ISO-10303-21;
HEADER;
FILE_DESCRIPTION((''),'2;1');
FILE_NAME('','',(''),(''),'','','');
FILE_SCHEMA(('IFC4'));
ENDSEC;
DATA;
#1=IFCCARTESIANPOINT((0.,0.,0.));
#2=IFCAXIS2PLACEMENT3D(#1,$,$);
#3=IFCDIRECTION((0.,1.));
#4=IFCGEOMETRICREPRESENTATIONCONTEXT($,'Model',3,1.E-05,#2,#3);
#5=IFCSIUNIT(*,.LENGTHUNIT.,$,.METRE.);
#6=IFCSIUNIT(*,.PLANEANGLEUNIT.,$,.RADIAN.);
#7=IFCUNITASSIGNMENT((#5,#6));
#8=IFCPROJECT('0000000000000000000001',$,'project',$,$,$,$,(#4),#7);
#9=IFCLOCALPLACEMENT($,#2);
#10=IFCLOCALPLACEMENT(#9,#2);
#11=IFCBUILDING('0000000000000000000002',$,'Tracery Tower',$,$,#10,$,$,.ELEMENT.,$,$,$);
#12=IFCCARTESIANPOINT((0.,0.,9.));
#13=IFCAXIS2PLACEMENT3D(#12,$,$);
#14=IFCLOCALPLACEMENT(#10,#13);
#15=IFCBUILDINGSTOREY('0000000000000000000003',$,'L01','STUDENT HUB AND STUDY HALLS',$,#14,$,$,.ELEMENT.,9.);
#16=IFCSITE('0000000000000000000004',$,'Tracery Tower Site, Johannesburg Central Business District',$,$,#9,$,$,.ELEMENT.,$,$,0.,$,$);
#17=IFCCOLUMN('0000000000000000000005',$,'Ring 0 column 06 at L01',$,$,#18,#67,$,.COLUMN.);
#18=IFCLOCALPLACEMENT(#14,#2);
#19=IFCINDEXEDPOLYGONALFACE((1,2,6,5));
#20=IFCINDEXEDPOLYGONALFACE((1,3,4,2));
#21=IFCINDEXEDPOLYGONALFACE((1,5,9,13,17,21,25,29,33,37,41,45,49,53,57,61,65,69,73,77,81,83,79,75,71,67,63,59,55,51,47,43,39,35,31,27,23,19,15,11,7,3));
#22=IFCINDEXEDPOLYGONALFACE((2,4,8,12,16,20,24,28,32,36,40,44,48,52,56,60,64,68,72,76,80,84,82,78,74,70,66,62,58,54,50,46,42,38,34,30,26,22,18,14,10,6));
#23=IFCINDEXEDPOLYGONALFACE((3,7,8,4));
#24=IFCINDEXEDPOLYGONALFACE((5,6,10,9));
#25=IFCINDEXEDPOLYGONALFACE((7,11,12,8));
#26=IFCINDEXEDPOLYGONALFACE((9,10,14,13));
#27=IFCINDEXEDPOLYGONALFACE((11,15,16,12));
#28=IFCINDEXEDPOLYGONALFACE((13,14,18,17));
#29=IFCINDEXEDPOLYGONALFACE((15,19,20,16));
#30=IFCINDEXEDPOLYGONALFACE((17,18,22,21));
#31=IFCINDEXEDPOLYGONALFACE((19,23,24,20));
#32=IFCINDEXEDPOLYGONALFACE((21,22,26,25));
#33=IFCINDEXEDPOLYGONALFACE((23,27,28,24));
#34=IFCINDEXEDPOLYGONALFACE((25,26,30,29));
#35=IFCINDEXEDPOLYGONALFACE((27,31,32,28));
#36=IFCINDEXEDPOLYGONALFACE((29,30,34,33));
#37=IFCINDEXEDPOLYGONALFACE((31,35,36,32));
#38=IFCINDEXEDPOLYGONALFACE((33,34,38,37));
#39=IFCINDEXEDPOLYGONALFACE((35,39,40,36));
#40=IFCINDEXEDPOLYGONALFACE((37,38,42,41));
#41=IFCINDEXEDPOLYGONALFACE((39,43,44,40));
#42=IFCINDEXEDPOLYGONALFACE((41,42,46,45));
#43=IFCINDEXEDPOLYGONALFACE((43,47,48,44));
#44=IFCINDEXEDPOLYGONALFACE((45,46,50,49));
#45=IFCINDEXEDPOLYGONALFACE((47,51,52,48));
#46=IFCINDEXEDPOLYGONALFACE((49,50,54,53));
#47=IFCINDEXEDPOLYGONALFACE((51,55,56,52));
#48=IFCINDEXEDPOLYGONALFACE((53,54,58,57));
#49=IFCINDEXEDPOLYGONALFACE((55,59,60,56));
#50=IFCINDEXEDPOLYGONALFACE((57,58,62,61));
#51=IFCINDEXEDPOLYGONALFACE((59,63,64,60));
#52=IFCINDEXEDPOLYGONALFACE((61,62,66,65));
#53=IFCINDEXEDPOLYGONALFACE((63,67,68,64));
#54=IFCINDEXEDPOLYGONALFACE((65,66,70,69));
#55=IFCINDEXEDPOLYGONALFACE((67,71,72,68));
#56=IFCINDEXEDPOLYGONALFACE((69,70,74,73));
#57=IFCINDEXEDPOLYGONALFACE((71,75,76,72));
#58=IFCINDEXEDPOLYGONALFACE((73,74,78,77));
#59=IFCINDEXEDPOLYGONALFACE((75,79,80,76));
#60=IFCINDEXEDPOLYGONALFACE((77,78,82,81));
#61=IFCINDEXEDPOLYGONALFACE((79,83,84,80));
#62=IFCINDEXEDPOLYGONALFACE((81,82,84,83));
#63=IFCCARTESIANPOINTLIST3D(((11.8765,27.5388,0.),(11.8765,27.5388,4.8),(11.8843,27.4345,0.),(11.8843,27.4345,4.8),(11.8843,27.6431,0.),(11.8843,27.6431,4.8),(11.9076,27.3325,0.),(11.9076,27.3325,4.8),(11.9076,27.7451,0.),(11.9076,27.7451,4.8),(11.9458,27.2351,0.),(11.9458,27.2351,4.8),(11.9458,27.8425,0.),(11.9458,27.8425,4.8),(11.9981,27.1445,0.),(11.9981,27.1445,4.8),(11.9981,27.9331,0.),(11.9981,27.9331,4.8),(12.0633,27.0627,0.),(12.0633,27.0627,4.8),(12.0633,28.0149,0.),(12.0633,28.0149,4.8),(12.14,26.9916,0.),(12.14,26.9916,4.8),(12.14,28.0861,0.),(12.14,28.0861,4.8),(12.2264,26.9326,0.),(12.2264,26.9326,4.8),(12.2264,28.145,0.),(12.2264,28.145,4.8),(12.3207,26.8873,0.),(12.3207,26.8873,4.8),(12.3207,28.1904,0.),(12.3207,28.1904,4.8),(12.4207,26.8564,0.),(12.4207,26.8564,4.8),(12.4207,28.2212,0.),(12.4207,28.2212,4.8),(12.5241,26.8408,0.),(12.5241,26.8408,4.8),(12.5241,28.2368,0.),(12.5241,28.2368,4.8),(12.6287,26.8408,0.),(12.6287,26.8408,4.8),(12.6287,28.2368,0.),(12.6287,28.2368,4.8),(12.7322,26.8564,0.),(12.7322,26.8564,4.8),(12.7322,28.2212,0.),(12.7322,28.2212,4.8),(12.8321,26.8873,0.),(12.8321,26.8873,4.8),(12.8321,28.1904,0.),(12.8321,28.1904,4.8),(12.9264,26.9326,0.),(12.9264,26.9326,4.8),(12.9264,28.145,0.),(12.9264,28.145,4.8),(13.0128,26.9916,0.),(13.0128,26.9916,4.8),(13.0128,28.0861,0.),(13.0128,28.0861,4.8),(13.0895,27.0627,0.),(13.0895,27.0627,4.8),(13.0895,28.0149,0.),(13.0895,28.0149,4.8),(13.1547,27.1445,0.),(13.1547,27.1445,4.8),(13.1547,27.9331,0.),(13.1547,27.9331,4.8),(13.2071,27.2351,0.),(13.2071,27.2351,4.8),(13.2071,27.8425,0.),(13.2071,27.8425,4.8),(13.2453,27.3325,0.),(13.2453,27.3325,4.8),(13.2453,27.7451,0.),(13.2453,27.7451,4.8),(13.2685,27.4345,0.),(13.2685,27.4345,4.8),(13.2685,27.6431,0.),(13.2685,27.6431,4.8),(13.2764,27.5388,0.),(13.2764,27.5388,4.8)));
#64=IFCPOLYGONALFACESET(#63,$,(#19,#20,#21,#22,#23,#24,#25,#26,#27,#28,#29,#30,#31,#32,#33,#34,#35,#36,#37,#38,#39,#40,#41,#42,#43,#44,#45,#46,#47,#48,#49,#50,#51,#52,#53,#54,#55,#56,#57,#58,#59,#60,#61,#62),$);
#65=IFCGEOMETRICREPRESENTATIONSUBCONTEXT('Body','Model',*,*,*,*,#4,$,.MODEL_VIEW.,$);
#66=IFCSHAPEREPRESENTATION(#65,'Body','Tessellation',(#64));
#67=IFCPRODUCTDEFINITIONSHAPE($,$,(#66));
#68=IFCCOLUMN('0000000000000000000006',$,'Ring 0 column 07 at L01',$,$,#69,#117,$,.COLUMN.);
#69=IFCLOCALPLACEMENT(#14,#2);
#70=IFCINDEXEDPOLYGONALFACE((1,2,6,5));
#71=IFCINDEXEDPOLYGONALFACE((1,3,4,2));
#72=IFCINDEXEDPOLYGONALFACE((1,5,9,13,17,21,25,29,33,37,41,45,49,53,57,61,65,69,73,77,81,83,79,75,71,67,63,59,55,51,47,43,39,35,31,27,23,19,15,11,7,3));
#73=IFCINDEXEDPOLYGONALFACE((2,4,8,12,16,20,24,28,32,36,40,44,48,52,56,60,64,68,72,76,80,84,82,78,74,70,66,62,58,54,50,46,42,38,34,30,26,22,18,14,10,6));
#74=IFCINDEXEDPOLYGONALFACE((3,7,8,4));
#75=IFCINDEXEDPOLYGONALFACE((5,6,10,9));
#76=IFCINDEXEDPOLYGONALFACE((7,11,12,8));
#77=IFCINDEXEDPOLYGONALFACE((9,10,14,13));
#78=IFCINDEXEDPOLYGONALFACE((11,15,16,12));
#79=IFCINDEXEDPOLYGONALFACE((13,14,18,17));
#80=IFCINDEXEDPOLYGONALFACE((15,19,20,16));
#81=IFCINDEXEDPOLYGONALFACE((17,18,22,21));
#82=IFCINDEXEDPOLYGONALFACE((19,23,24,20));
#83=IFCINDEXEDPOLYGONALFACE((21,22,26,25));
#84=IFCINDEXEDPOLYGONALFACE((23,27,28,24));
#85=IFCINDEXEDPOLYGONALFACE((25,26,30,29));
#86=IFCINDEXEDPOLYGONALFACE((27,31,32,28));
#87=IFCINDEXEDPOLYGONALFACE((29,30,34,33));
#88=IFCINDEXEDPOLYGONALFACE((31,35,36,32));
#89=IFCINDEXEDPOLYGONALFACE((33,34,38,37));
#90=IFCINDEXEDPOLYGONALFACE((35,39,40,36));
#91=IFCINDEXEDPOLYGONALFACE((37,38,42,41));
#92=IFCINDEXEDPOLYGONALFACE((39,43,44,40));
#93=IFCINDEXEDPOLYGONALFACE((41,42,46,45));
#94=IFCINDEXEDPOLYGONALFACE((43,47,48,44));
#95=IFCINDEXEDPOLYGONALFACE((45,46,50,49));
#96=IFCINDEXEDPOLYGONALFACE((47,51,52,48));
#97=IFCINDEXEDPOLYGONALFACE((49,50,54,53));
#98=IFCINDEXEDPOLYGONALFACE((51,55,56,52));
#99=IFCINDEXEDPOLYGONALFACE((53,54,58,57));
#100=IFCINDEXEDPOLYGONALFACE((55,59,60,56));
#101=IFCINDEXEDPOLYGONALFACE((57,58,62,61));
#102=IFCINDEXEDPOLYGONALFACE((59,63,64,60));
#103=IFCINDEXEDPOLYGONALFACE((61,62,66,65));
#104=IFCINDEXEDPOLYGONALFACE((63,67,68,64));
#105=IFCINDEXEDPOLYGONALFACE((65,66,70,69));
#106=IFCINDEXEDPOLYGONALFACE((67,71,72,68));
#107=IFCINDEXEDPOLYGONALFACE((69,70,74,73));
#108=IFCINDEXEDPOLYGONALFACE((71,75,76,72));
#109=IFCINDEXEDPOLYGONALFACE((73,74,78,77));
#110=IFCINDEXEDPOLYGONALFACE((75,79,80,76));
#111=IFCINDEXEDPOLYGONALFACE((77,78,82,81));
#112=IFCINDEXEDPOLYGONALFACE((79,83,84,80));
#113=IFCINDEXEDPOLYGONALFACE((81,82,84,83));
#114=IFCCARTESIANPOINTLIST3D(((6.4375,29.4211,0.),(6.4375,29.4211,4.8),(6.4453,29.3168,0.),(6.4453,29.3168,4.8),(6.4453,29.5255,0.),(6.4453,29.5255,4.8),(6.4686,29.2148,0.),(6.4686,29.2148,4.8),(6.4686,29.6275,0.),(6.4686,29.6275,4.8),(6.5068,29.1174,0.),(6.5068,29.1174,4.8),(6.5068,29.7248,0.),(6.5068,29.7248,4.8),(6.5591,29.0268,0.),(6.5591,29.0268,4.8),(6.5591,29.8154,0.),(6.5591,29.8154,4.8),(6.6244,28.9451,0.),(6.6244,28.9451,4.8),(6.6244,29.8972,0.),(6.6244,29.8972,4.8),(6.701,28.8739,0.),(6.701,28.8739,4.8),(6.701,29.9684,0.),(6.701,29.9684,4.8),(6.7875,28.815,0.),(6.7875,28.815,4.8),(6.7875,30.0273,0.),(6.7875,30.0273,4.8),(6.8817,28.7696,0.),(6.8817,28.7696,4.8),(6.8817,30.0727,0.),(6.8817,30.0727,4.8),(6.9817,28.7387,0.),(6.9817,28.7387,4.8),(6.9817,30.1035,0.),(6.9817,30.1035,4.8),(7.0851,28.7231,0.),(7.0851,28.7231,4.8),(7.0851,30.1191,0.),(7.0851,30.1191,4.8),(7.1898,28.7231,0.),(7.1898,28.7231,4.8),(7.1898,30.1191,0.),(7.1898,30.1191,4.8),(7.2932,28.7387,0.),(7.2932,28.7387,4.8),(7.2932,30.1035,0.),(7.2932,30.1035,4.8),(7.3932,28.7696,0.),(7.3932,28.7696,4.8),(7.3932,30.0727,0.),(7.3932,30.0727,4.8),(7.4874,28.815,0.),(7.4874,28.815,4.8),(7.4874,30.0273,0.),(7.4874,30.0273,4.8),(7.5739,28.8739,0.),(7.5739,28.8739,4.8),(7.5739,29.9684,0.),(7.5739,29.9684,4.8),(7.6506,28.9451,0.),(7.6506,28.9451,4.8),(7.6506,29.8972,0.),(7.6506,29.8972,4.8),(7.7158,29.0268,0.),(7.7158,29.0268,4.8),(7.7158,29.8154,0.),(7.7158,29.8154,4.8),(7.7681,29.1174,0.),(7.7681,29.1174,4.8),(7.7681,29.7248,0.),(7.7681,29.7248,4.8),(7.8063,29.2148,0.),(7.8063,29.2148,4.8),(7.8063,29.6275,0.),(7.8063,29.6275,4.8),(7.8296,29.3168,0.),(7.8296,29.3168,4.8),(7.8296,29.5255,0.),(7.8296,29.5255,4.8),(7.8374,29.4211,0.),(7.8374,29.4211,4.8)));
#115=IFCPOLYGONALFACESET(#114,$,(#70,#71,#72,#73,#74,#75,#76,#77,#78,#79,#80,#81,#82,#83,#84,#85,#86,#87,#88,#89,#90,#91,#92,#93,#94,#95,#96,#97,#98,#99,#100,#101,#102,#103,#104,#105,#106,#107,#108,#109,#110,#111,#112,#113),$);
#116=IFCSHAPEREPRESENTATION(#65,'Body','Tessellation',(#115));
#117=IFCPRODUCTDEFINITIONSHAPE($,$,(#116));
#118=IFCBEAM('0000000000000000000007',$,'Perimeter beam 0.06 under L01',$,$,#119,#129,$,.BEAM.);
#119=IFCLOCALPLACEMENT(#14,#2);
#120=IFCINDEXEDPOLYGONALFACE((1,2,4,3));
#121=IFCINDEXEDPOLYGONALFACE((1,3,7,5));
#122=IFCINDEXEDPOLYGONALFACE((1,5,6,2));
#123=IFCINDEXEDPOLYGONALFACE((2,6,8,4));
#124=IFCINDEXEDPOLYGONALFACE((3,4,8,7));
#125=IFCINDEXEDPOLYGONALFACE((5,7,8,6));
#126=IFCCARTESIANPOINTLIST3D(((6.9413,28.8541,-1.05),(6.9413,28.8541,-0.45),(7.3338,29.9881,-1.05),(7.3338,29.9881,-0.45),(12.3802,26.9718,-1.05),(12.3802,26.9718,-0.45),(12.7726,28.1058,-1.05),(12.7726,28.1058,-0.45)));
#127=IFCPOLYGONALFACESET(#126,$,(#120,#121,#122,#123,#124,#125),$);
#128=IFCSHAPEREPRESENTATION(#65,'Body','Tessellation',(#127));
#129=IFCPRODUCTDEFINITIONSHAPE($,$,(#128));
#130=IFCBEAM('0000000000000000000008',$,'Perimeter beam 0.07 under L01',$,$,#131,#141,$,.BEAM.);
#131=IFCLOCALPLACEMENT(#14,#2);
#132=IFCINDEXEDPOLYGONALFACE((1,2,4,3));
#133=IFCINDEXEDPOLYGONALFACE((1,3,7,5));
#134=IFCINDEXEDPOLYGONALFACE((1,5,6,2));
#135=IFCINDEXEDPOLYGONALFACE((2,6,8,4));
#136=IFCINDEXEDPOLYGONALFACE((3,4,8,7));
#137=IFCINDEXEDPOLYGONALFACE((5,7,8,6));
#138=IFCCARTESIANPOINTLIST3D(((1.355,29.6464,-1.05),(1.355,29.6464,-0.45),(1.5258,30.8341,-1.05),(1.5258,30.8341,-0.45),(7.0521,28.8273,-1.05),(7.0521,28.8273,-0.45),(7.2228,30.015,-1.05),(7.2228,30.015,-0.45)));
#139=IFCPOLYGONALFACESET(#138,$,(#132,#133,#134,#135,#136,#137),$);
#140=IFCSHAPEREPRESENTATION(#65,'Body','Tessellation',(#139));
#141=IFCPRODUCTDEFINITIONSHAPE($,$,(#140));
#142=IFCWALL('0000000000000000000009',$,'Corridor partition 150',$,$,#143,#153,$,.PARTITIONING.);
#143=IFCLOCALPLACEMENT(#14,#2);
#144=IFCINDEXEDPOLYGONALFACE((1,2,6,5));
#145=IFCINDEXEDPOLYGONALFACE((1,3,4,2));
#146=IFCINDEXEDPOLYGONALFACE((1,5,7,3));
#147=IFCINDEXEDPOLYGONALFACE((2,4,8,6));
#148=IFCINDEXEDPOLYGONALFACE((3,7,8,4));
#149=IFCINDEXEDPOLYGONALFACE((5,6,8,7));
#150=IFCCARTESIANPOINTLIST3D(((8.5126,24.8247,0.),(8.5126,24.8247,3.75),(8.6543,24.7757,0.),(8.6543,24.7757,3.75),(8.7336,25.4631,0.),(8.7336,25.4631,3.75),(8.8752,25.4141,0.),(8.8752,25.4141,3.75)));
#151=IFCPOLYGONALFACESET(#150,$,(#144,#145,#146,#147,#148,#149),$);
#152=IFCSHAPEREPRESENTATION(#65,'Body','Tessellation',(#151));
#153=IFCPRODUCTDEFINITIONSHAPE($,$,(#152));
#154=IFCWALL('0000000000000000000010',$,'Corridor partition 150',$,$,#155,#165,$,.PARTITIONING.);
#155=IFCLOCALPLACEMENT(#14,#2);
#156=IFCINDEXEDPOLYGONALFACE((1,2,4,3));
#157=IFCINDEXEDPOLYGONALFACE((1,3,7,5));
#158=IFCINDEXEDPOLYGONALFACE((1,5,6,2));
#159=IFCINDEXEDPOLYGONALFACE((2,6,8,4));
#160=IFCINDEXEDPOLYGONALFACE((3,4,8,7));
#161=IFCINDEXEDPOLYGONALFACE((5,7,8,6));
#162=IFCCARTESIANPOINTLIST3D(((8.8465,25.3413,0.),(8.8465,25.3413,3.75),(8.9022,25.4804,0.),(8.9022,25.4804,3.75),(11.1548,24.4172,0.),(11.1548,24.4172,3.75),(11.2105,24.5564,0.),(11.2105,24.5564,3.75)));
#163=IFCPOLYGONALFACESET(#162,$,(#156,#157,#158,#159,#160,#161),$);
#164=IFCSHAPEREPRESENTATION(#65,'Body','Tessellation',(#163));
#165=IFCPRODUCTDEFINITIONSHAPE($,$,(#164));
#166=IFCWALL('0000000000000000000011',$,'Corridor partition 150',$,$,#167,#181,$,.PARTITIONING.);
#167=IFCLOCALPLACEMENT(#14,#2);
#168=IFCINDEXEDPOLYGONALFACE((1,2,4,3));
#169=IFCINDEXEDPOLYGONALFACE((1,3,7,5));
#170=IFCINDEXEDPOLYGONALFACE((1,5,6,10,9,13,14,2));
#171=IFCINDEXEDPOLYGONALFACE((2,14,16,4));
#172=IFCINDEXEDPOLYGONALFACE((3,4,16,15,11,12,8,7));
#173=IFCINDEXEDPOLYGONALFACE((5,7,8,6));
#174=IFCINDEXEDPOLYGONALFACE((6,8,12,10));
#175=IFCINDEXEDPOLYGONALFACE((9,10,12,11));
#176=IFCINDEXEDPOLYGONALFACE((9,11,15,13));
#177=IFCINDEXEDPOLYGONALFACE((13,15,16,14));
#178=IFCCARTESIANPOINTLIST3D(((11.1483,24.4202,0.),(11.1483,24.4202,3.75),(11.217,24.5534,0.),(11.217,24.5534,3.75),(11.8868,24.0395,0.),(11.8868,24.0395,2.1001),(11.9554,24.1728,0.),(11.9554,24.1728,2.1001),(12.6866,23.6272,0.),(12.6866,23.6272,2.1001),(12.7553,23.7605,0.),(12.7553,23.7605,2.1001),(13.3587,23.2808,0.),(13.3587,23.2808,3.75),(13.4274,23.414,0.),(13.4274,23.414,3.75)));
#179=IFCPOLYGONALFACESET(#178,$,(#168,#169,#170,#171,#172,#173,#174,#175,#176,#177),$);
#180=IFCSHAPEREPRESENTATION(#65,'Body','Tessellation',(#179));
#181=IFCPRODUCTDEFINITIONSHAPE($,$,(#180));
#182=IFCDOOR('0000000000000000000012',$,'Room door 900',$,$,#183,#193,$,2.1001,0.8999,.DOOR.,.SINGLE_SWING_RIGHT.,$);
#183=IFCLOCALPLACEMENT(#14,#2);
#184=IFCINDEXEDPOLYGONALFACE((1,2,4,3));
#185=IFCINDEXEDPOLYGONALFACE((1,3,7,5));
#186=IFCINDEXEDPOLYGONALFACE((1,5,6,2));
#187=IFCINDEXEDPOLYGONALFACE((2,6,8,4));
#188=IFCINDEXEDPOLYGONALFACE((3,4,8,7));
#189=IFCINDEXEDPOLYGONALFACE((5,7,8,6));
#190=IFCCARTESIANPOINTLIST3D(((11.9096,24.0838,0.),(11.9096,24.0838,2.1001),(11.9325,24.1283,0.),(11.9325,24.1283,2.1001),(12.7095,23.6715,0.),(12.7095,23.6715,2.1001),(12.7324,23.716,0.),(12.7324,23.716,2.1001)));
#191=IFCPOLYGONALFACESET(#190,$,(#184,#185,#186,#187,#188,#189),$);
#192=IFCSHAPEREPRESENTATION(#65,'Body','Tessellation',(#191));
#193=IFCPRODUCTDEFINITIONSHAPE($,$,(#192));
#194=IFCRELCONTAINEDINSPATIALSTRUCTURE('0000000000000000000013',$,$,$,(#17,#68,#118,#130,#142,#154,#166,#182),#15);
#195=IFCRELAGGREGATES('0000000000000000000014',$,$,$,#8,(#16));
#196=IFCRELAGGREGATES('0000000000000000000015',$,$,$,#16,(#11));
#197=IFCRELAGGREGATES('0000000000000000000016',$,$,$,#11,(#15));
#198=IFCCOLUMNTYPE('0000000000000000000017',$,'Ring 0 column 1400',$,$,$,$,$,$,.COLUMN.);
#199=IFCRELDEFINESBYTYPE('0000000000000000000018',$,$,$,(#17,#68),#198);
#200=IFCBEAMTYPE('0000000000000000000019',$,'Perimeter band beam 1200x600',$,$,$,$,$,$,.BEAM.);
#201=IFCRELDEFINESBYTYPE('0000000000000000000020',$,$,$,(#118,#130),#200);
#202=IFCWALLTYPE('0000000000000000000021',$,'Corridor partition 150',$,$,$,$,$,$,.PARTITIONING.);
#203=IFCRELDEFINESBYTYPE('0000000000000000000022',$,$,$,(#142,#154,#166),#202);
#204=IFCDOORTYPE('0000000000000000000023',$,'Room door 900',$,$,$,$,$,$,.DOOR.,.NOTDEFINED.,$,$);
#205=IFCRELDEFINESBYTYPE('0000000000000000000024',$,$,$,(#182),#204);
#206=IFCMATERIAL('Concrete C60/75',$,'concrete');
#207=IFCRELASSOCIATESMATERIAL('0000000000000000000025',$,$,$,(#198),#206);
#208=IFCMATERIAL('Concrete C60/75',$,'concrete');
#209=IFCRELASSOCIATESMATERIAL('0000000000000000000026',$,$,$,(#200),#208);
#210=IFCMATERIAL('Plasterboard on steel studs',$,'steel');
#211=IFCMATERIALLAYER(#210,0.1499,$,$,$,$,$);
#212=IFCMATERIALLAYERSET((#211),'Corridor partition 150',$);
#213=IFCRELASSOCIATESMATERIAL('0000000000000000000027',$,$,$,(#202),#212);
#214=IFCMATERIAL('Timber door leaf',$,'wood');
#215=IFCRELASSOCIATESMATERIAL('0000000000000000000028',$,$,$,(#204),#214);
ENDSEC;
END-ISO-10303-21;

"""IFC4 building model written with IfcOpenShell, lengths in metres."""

from ifc_helpers import new_model, si_unit, direction, frame, frame_2d, origin, origin_2d, place, context, subcontext, project, spatial, rectangle, circle, extrude, material, layer, layer_set, material_profile, profile_set, type_object, element, fill, save


model = new_model("IFC4")

# Units and contexts
model_context = context("Model", 3, precision=1e-05, world=origin(), true_north=direction((0.0, 1.0)))
body_context = subcontext(model_context, "Body", "Model", "MODEL_VIEW")
ifc_project = project(units=[si_unit("LENGTHUNIT", "METRE"), si_unit("PLANEANGLEUNIT", "RADIAN")], contexts=[model_context])

# Site, building, storey
site_placement = place(None, origin())
site = spatial("IfcSite", under=ifc_project, at=site_placement, Name="Tracery Tower Site, Johannesburg Central Business District", CompositionType="ELEMENT", RefElevation=0.0)
building_placement = place(site_placement, origin())
building = spatial("IfcBuilding", under=site, at=building_placement, Name="Tracery Tower", CompositionType="ELEMENT")
storey_placement = place(building_placement, frame((0.0, 0.0, 9.0)))
storey = spatial("IfcBuildingStorey", under=building, at=storey_placement, Name="L01", Description="STUDENT HUB AND STUDY HALLS", CompositionType="ELEMENT", Elevation=9.0)

# Columns
ifc_material_1 = material(Name="Concrete C60/75", Category="concrete")
ifc_material_profile_1 = material_profile(ifc_material_1, circle(Radius=0.7, at=origin_2d()), Name="RC D1400")
ifc_profile_set_1 = profile_set([ifc_material_profile_1], Name="Concrete C60/75")
column_type = type_object("IfcColumnType", Name="Ring 0 column 1400", PredefinedType="COLUMN", material=ifc_profile_set_1)
for number, where, z_axis, x_axis, name in (
    (1, (12.5764, 27.5388, 0.0), (0.0, 0.0, 1.0), (1.0, 0.0, 0.0), "Ring 0 column 06 at L01"),
    (2, (7.1375, 29.4211, 0.0), (0.0, 0.0, 1.0), (1.0, 0.0, 0.0), "Ring 0 column 07 at L01"),
):
    element("IfcColumn", number, at=place(storey_placement, frame(where, z_axis=z_axis, x_axis=x_axis)), inside=storey, type_object=column_type, Name=name, PredefinedType="COLUMN", context=body_context, shape_type="SweptSolid", body=[
        extrude(circle(Radius=0.7, at=origin_2d()), origin(), (0.0, 0.0, 1.0), 4.8),
    ])

# Beams
ifc_material_2 = material(Name="Concrete C60/75", Category="concrete")
ifc_material_profile_2 = material_profile(ifc_material_2, rectangle(XDim=1.2, YDim=0.6001, at=origin_2d()), Name="RC 1200x600")
ifc_profile_set_2 = profile_set([ifc_material_profile_2], Name="Concrete C60/75")
beam_type = type_object("IfcBeamType", Name="Perimeter band beam 1200x600", PredefinedType="BEAM", material=ifc_profile_set_2)
beam_1_placement = place(storey_placement, frame((12.5764, 27.5388, -0.75), z_axis=(-0.945007, 0.327049, 0.0), x_axis=(-0.327049, -0.945007, 0.0)))
element("IfcBeam", 3, at=beam_1_placement, inside=storey, type_object=beam_type, Name="Perimeter beam 0.06 under L01", PredefinedType="BEAM", context=body_context, shape_type="SweptSolid", body=[
    extrude(rectangle(XDim=1.2, YDim=0.6001, at=origin_2d()), origin(), (0.0, 0.0, 1.0), 5.7554),
])
beam_2_placement = place(storey_placement, frame((7.1375, 29.4211, -0.75), z_axis=(-0.989822, 0.142312, 0.0), x_axis=(-0.142312, -0.989822, 0.0)))
element("IfcBeam", 4, at=beam_2_placement, inside=storey, type_object=beam_type, Name="Perimeter beam 0.07 under L01", PredefinedType="BEAM", context=body_context, shape_type="SweptSolid", body=[
    extrude(rectangle(XDim=1.2, YDim=0.6001, at=origin_2d()), origin(), (0.0, 0.0, 1.0), 5.7556),
])

# Walls
ifc_material_3 = material(Name="Plasterboard on steel studs", Category="steel")
ifc_layer_1 = layer(ifc_material_3, 0.1499)
ifc_layer_set_1 = layer_set([ifc_layer_1], Name="Corridor partition 150")
wall_type_1 = type_object("IfcWallType", Name="Corridor partition 150", PredefinedType="PARTITIONING", material=ifc_layer_set_1)
wall_1_placement = place(storey_placement, frame((8.8044, 25.4387, 0.0), z_axis=(0.0, 0.0, 1.0), x_axis=(-0.327049, -0.945008, 0.0)))
element("IfcWall", 5, at=wall_1_placement, inside=storey, type_object=wall_type_1, Name="Corridor partition 150", PredefinedType="PARTITIONING", context=body_context, shape_type="SweptSolid", body=[
    extrude(rectangle(XDim=0.6755, YDim=0.1499, at=frame_2d((0.3379, 0.0))), origin(), (0.0, 0.0, 1.0), 3.75),
])
wall_2_placement = place(storey_placement, frame((11.1826, 24.4868, 0.0), z_axis=(0.0, 0.0, 1.0), x_axis=(-0.928375, 0.371645, 0.0)))
element("IfcWall", 6, at=wall_2_placement, inside=storey, type_object=wall_type_1, Name="Corridor partition 150", PredefinedType="PARTITIONING", context=body_context, shape_type="SweptSolid", body=[
    extrude(rectangle(XDim=2.4863, YDim=0.1499, at=frame_2d((1.2432, 0.0))), origin(), (0.0, 0.0, 1.0), 3.75),
])

# Wall, opening, door
wall_3_placement = place(storey_placement, frame((11.1826, 24.4868, 0.0), z_axis=(0.0, 0.0, 1.0), x_axis=(0.888862, -0.458175, 0.0)))
wall_3 = element("IfcWall", 7, at=wall_3_placement, inside=storey, type_object=wall_type_1, Name="Corridor partition 150", PredefinedType="PARTITIONING", context=body_context, shape_type="SweptSolid", body=[
    extrude(rectangle(XDim=2.4868, YDim=0.1499, at=frame_2d((1.2434, 0.0))), origin(), (0.0, 0.0, 1.0), 3.75),
])
opening_1_placement = place(wall_3_placement, frame((0.8308, 0.0, 0.0)))
opening_1 = element("IfcOpeningElement", 8, at=opening_1_placement, cuts=wall_3, PredefinedType="OPENING", context=body_context, shape_type="SweptSolid", body=[
    extrude(rectangle(XDim=0.8999, YDim=2.1001, at=frame_2d((0.45, 1.05))), frame((0.0, 0.075, 0.0), z_axis=(0.0, -1.0, 0.0), x_axis=(1.0, 0.0, 0.0)), (0.0, 0.0, 1.0), 0.1499),
])
ifc_material_4 = material(Name="Timber door leaf", Category="wood")
door_type = type_object("IfcDoorType", Name="Room door 900", OperationType="NOTDEFINED", PredefinedType="DOOR", material=ifc_material_4)
door_placement = place(opening_1_placement, origin())
door = element("IfcDoor", 9, at=door_placement, inside=storey, type_object=door_type, Name="Room door 900", OperationType="SINGLE_SWING_RIGHT", OverallHeight=2.1001, OverallWidth=0.8999, PredefinedType="DOOR", context=body_context, shape_type="SweptSolid", body=[
    extrude(rectangle(XDim=0.8999, YDim=2.1001, at=frame_2d((0.45, 1.05))), frame((0.0, 0.0249, 0.0), z_axis=(0.0, -1.0, 0.0), x_axis=(1.0, 0.0, 0.0)), (0.0, 0.0, 1.0), 0.05),
])
fill(opening_1, door)

save(model, "model.ifc")
